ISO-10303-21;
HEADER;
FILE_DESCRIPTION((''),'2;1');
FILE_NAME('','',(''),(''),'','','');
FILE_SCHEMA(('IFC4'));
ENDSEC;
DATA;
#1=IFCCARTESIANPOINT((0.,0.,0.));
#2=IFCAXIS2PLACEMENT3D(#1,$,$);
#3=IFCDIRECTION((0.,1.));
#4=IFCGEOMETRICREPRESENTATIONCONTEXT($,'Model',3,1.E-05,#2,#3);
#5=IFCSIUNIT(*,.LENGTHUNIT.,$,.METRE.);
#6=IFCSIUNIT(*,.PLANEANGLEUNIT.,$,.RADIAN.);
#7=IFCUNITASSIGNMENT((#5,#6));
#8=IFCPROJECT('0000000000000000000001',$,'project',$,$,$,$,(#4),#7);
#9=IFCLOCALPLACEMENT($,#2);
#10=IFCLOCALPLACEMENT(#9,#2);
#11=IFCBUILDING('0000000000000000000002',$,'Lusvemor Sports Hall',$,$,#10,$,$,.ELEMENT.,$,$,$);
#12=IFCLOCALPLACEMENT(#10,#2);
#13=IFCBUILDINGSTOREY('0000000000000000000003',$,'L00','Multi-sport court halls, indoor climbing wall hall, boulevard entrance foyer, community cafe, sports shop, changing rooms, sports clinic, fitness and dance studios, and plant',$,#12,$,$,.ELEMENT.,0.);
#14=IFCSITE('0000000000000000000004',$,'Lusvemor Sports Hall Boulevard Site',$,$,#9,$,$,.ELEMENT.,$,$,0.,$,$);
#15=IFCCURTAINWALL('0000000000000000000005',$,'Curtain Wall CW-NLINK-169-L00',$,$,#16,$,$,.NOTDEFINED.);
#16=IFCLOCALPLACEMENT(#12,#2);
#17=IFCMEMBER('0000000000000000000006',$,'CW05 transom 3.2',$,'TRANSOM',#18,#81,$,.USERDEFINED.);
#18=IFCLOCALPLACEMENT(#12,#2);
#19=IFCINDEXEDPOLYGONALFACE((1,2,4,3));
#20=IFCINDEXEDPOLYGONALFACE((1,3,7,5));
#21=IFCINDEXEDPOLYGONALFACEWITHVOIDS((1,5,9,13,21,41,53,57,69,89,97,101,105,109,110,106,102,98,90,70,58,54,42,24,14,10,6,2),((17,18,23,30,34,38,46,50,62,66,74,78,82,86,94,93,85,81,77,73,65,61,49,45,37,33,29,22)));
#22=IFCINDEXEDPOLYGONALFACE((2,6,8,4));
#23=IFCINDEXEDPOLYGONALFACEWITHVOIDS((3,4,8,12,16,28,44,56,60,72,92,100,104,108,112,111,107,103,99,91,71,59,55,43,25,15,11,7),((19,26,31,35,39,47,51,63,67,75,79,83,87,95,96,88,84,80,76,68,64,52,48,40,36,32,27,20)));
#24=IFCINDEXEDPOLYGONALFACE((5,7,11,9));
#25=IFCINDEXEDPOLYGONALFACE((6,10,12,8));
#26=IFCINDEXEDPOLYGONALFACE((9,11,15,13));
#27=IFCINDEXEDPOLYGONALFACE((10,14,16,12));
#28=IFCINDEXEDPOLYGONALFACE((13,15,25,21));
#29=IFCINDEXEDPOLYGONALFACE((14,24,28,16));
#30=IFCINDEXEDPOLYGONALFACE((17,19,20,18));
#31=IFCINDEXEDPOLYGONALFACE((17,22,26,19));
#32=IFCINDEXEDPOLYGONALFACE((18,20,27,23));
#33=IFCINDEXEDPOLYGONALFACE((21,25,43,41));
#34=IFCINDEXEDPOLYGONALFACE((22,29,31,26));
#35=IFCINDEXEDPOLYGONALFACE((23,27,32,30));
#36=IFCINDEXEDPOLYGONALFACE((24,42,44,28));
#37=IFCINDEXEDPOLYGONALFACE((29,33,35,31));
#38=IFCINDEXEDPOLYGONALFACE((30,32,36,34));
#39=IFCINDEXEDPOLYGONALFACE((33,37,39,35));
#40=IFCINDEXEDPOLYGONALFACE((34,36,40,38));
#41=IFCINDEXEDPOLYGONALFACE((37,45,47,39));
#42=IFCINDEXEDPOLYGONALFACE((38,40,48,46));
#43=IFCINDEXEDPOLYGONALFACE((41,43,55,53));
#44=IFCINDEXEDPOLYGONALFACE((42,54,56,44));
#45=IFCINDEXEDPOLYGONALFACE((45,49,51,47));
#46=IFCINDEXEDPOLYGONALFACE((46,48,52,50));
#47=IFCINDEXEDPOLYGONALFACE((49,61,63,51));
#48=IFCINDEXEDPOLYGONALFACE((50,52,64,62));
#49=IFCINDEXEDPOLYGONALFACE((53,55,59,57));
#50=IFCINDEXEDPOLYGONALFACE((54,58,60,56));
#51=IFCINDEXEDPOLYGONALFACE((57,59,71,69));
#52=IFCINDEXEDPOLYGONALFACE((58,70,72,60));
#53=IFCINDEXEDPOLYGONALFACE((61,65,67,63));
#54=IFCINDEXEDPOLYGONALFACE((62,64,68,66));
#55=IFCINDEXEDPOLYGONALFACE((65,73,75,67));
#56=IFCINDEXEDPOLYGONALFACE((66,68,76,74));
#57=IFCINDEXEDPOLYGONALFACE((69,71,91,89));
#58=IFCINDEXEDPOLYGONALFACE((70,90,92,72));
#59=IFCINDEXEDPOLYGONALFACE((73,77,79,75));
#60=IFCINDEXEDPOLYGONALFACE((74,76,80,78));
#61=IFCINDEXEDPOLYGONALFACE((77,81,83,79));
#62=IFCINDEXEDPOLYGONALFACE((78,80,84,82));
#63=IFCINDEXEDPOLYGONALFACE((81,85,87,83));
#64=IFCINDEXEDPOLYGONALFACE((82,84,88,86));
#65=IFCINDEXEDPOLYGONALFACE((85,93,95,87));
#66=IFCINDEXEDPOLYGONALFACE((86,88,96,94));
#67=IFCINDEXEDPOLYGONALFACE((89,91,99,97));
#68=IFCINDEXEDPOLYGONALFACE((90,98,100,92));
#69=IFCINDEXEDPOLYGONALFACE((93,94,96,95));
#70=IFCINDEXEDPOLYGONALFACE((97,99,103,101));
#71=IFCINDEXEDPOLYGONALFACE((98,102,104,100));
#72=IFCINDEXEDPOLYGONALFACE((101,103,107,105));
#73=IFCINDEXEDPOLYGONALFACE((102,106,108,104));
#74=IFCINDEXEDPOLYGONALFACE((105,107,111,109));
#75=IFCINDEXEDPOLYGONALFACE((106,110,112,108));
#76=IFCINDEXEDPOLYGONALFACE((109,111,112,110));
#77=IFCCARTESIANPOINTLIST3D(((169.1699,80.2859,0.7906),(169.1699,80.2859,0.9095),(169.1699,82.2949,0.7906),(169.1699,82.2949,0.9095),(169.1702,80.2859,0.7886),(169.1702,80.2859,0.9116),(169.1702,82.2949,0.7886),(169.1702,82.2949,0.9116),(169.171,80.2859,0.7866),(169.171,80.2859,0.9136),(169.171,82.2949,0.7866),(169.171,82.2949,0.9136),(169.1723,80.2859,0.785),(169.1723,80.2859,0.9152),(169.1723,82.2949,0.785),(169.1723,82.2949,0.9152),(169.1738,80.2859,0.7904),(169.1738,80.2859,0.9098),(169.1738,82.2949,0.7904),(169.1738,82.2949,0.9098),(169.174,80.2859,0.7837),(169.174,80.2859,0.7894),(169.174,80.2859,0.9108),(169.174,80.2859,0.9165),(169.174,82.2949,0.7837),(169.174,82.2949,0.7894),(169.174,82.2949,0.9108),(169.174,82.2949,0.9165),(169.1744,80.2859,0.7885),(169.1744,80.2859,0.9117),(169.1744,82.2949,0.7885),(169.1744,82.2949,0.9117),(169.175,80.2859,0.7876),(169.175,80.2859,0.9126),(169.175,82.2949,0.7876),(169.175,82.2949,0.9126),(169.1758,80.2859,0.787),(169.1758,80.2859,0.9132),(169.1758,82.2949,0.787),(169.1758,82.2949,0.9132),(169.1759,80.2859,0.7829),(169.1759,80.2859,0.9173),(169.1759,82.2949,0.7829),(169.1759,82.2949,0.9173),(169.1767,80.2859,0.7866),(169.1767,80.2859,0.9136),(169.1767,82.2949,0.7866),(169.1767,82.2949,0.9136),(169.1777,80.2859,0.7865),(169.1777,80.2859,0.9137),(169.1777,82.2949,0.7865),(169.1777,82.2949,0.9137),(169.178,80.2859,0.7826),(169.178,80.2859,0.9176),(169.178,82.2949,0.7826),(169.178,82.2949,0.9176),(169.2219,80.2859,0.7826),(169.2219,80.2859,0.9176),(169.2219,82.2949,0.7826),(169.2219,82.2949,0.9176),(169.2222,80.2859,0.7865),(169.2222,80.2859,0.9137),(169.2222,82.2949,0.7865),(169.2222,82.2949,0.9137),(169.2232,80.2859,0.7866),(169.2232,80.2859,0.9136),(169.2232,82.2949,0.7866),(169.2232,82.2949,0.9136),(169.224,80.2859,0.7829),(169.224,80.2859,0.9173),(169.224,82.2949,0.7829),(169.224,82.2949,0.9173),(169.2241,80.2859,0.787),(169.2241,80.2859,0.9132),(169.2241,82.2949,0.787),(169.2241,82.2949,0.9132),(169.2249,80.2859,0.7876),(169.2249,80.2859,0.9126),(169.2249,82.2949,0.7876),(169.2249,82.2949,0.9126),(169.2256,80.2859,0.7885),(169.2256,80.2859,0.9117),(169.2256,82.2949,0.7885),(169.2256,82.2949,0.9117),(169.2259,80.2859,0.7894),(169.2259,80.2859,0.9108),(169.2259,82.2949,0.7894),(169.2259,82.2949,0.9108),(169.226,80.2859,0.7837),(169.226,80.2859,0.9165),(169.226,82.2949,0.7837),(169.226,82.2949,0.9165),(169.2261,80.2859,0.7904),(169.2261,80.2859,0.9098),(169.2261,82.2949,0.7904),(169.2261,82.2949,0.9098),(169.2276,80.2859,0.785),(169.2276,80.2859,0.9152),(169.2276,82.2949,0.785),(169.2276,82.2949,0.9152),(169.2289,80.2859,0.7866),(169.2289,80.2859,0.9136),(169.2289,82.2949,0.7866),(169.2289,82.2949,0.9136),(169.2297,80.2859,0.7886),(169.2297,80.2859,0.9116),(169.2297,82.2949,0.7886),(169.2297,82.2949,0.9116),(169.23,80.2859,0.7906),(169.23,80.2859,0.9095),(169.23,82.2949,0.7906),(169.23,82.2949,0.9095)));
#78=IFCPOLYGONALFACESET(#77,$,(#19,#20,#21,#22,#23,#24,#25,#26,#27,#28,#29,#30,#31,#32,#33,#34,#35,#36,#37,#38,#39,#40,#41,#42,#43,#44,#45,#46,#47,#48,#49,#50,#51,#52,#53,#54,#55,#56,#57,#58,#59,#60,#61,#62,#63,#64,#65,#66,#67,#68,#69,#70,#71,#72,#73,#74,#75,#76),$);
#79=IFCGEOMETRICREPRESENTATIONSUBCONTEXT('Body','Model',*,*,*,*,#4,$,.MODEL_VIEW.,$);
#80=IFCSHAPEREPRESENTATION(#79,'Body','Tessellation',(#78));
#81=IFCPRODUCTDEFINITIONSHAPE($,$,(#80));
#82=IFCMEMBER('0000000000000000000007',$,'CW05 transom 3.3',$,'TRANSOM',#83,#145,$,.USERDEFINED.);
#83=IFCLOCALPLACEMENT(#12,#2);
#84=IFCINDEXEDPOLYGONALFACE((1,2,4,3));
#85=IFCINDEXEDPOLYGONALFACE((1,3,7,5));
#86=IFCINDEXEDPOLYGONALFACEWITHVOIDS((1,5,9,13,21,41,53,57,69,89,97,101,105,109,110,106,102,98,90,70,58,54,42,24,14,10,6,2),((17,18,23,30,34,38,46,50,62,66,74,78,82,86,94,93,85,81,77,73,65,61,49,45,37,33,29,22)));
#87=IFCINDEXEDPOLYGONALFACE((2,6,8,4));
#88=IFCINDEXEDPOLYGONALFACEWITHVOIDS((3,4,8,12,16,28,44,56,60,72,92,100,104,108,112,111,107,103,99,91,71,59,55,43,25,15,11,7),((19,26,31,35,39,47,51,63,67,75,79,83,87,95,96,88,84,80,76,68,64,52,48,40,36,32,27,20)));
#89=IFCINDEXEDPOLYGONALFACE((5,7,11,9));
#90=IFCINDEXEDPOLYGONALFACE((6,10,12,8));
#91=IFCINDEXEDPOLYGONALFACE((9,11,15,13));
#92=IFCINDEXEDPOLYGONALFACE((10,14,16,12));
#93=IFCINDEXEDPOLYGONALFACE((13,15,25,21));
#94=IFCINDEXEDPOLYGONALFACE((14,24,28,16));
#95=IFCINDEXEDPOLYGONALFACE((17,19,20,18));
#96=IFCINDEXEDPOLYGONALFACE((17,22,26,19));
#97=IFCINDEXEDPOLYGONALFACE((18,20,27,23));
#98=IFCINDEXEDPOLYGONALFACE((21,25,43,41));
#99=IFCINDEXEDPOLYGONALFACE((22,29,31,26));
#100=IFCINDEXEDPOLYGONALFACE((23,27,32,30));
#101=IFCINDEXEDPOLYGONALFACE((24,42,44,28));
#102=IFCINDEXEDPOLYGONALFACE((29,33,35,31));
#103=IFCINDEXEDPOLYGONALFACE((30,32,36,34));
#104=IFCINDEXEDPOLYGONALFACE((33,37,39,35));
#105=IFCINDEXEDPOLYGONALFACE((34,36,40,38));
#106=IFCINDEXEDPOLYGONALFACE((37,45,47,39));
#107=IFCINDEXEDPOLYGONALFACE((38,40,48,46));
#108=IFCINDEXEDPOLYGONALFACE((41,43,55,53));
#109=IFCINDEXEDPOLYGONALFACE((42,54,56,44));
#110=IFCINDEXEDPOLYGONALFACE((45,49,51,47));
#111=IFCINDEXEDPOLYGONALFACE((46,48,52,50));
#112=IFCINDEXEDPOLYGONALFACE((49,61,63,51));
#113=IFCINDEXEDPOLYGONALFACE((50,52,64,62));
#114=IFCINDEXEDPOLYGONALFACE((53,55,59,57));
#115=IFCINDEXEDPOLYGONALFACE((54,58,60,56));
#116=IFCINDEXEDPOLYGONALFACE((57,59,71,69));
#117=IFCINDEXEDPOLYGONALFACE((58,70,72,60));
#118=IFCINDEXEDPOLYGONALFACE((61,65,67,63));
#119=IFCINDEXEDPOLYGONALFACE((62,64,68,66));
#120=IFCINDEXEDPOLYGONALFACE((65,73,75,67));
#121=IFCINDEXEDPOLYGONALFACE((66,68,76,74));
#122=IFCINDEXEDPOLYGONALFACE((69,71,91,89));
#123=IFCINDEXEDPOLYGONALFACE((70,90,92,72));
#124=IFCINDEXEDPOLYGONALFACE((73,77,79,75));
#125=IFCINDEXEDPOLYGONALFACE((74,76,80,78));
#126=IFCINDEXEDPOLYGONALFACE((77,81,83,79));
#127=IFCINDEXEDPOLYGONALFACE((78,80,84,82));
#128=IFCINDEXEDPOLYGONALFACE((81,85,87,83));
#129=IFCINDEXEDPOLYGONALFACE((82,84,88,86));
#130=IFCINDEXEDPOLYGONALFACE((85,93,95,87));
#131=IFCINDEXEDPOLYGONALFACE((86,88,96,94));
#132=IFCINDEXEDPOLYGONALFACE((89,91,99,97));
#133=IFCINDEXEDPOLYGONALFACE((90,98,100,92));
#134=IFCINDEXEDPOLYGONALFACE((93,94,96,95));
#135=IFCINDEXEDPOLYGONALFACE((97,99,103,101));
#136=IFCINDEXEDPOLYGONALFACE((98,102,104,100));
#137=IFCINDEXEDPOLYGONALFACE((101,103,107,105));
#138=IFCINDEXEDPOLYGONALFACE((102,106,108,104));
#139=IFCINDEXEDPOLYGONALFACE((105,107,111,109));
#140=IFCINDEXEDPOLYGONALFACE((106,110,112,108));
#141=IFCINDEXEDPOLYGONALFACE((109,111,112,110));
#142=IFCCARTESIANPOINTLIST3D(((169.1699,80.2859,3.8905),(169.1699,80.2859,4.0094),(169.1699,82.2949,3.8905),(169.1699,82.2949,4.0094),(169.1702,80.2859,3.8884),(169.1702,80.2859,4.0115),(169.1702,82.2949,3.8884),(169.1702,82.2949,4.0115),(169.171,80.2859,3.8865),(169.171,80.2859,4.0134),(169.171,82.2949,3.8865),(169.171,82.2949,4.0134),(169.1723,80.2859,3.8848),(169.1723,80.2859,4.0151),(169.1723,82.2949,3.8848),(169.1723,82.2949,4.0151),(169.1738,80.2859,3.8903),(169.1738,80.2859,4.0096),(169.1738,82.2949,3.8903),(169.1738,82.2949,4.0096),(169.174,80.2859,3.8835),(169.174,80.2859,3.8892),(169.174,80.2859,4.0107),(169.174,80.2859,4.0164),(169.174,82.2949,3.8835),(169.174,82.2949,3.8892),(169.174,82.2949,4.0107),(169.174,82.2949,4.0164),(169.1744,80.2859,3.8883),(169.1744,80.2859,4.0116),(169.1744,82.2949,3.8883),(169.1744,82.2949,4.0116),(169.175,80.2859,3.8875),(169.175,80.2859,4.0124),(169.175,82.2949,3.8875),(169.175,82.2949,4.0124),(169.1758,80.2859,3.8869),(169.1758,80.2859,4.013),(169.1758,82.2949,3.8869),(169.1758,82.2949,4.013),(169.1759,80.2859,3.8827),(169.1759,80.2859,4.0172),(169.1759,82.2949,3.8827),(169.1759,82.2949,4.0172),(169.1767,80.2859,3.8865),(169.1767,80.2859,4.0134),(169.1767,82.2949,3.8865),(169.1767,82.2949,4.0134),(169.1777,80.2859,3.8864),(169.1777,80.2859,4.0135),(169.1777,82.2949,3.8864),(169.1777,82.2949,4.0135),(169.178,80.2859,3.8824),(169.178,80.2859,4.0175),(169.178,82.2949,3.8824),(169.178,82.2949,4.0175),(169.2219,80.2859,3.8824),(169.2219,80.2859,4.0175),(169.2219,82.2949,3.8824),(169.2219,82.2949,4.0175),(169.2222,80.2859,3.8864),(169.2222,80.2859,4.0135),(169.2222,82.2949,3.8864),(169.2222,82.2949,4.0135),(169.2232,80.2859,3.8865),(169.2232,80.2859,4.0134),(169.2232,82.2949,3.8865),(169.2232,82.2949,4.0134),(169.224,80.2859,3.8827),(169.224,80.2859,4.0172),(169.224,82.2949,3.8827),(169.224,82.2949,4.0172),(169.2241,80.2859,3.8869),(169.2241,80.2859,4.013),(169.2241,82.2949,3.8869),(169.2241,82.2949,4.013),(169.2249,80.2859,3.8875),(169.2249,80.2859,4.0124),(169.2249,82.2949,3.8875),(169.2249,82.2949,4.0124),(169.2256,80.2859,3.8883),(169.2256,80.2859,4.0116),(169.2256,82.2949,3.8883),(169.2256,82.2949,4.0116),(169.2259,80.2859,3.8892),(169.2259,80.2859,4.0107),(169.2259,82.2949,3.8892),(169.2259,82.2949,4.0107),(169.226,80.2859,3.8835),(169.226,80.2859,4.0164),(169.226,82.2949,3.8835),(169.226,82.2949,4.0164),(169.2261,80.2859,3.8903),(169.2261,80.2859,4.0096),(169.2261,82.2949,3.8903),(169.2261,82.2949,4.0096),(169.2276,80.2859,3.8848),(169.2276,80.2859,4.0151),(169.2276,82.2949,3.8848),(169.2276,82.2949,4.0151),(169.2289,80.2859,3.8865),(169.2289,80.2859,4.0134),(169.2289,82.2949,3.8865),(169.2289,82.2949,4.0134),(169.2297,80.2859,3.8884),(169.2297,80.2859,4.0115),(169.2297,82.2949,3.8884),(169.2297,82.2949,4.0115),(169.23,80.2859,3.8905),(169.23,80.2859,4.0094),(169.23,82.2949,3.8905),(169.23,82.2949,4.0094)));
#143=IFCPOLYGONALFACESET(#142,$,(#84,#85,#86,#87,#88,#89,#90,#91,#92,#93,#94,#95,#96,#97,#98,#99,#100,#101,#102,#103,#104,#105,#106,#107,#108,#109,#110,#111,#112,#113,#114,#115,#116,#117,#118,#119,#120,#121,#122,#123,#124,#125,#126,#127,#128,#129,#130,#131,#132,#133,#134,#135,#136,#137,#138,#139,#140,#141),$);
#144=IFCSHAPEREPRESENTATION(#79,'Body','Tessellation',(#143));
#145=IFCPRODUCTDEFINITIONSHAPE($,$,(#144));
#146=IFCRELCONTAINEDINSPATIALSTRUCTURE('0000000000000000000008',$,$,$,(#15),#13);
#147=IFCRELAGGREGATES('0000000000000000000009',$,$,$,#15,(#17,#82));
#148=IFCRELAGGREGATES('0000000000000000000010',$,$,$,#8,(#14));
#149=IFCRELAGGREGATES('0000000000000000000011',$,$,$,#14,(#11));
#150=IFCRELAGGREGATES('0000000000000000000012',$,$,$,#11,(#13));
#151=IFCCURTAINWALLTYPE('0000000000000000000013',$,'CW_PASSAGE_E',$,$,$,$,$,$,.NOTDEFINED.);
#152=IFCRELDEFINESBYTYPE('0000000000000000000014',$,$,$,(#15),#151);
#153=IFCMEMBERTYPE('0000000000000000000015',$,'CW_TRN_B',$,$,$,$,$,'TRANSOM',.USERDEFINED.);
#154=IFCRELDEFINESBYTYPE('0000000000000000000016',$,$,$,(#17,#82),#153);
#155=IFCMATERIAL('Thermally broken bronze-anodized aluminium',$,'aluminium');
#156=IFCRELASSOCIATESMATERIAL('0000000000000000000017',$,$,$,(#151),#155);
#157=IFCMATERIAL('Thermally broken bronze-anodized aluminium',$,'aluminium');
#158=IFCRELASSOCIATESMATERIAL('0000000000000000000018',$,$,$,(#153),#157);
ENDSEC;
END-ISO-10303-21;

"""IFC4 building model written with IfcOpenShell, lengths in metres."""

from ifc_helpers import new_model, si_unit, direction, frame, origin, origin_2d, place, context, subcontext, project, spatial, hollow_rectangle, extrude, material, material_profile, profile_set, type_object, element, aggregate, save


model = new_model("IFC4")

# Units and contexts
model_context = context("Model", 3, precision=1e-05, world=origin(), true_north=direction((0.0, 1.0)))
body_context = subcontext(model_context, "Body", "Model", "MODEL_VIEW")
ifc_project = project(units=[si_unit("LENGTHUNIT", "METRE"), si_unit("PLANEANGLEUNIT", "RADIAN")], contexts=[model_context])

# Site, building, storey
site_placement = place(None, origin())
site = spatial("IfcSite", under=ifc_project, at=site_placement, Name="Lusvemor Sports Hall Boulevard Site", CompositionType="ELEMENT", RefElevation=0.0)
building_placement = place(site_placement, origin())
building = spatial("IfcBuilding", under=site, at=building_placement, Name="Lusvemor Sports Hall", CompositionType="ELEMENT")
storey_placement = place(building_placement, origin())
storey = spatial("IfcBuildingStorey", under=building, at=storey_placement, Name="L00", Description="Multi-sport court halls, indoor climbing wall hall, boulevard entrance foyer, community cafe, sports shop, changing rooms, sports clinic, fitness and dance studios, and plant", CompositionType="ELEMENT", Elevation=0.0)

# Curtain wall, members
ifc_material_1 = material(Name="Thermally broken bronze-anodized aluminium", Category="aluminium")
curtain_wall_type = type_object("IfcCurtainWallType", Name="CW_PASSAGE_E", PredefinedType="NOTDEFINED", material=ifc_material_1)
curtain_wall_placement = place(storey_placement, origin())
curtain_wall = element("IfcCurtainWall", 1, at=curtain_wall_placement, inside=storey, type_object=curtain_wall_type, Name="Curtain Wall CW-NLINK-169-L00", PredefinedType="NOTDEFINED")
ifc_material_2 = material(Name="Thermally broken bronze-anodized aluminium", Category="aluminium")
ifc_material_profile_1 = material_profile(ifc_material_2, hollow_rectangle(XDim=0.0601, YDim=0.135, WallThickness=0.0039, InnerFilletRadius=0.0039, OuterFilletRadius=0.0081, at=origin_2d()), Name="CWTRN135x60x4")
ifc_profile_set_1 = profile_set([ifc_material_profile_1], Name="Thermally broken bronze-anodized aluminium")
member_type_1 = type_object("IfcMemberType", Name="CW_TRN_B", ElementType="TRANSOM", PredefinedType="USERDEFINED", material=ifc_profile_set_1)
member_1_placement = place(storey_placement, frame((169.2, 80.2859, 0.8501), z_axis=(0.0, 1.0, 0.0), x_axis=(-1.0, 0.0, 0.0)))
member_1 = element("IfcMember", 2, at=member_1_placement, type_object=member_type_1, Name="CW05 transom 3.2", ObjectType="TRANSOM", PredefinedType="USERDEFINED", context=body_context, shape_type="SweptSolid", body=[
    extrude(hollow_rectangle(XDim=0.0601, YDim=0.135, WallThickness=0.0039, InnerFilletRadius=0.0039, OuterFilletRadius=0.0081, at=origin_2d()), origin(), (0.0, 0.0, 1.0), 2.009),
])
member_2_placement = place(storey_placement, frame((169.2, 80.2859, 3.95), z_axis=(0.0, 1.0, 0.0), x_axis=(-1.0, 0.0, 0.0)))
member_2 = element("IfcMember", 3, at=member_2_placement, type_object=member_type_1, Name="CW05 transom 3.3", ObjectType="TRANSOM", PredefinedType="USERDEFINED", context=body_context, shape_type="SweptSolid", body=[
    extrude(hollow_rectangle(XDim=0.0601, YDim=0.135, WallThickness=0.0039, InnerFilletRadius=0.0039, OuterFilletRadius=0.0081, at=origin_2d()), origin(), (0.0, 0.0, 1.0), 2.009),
])
aggregate(curtain_wall, [member_1, member_2])

save(model, "model.ifc")
